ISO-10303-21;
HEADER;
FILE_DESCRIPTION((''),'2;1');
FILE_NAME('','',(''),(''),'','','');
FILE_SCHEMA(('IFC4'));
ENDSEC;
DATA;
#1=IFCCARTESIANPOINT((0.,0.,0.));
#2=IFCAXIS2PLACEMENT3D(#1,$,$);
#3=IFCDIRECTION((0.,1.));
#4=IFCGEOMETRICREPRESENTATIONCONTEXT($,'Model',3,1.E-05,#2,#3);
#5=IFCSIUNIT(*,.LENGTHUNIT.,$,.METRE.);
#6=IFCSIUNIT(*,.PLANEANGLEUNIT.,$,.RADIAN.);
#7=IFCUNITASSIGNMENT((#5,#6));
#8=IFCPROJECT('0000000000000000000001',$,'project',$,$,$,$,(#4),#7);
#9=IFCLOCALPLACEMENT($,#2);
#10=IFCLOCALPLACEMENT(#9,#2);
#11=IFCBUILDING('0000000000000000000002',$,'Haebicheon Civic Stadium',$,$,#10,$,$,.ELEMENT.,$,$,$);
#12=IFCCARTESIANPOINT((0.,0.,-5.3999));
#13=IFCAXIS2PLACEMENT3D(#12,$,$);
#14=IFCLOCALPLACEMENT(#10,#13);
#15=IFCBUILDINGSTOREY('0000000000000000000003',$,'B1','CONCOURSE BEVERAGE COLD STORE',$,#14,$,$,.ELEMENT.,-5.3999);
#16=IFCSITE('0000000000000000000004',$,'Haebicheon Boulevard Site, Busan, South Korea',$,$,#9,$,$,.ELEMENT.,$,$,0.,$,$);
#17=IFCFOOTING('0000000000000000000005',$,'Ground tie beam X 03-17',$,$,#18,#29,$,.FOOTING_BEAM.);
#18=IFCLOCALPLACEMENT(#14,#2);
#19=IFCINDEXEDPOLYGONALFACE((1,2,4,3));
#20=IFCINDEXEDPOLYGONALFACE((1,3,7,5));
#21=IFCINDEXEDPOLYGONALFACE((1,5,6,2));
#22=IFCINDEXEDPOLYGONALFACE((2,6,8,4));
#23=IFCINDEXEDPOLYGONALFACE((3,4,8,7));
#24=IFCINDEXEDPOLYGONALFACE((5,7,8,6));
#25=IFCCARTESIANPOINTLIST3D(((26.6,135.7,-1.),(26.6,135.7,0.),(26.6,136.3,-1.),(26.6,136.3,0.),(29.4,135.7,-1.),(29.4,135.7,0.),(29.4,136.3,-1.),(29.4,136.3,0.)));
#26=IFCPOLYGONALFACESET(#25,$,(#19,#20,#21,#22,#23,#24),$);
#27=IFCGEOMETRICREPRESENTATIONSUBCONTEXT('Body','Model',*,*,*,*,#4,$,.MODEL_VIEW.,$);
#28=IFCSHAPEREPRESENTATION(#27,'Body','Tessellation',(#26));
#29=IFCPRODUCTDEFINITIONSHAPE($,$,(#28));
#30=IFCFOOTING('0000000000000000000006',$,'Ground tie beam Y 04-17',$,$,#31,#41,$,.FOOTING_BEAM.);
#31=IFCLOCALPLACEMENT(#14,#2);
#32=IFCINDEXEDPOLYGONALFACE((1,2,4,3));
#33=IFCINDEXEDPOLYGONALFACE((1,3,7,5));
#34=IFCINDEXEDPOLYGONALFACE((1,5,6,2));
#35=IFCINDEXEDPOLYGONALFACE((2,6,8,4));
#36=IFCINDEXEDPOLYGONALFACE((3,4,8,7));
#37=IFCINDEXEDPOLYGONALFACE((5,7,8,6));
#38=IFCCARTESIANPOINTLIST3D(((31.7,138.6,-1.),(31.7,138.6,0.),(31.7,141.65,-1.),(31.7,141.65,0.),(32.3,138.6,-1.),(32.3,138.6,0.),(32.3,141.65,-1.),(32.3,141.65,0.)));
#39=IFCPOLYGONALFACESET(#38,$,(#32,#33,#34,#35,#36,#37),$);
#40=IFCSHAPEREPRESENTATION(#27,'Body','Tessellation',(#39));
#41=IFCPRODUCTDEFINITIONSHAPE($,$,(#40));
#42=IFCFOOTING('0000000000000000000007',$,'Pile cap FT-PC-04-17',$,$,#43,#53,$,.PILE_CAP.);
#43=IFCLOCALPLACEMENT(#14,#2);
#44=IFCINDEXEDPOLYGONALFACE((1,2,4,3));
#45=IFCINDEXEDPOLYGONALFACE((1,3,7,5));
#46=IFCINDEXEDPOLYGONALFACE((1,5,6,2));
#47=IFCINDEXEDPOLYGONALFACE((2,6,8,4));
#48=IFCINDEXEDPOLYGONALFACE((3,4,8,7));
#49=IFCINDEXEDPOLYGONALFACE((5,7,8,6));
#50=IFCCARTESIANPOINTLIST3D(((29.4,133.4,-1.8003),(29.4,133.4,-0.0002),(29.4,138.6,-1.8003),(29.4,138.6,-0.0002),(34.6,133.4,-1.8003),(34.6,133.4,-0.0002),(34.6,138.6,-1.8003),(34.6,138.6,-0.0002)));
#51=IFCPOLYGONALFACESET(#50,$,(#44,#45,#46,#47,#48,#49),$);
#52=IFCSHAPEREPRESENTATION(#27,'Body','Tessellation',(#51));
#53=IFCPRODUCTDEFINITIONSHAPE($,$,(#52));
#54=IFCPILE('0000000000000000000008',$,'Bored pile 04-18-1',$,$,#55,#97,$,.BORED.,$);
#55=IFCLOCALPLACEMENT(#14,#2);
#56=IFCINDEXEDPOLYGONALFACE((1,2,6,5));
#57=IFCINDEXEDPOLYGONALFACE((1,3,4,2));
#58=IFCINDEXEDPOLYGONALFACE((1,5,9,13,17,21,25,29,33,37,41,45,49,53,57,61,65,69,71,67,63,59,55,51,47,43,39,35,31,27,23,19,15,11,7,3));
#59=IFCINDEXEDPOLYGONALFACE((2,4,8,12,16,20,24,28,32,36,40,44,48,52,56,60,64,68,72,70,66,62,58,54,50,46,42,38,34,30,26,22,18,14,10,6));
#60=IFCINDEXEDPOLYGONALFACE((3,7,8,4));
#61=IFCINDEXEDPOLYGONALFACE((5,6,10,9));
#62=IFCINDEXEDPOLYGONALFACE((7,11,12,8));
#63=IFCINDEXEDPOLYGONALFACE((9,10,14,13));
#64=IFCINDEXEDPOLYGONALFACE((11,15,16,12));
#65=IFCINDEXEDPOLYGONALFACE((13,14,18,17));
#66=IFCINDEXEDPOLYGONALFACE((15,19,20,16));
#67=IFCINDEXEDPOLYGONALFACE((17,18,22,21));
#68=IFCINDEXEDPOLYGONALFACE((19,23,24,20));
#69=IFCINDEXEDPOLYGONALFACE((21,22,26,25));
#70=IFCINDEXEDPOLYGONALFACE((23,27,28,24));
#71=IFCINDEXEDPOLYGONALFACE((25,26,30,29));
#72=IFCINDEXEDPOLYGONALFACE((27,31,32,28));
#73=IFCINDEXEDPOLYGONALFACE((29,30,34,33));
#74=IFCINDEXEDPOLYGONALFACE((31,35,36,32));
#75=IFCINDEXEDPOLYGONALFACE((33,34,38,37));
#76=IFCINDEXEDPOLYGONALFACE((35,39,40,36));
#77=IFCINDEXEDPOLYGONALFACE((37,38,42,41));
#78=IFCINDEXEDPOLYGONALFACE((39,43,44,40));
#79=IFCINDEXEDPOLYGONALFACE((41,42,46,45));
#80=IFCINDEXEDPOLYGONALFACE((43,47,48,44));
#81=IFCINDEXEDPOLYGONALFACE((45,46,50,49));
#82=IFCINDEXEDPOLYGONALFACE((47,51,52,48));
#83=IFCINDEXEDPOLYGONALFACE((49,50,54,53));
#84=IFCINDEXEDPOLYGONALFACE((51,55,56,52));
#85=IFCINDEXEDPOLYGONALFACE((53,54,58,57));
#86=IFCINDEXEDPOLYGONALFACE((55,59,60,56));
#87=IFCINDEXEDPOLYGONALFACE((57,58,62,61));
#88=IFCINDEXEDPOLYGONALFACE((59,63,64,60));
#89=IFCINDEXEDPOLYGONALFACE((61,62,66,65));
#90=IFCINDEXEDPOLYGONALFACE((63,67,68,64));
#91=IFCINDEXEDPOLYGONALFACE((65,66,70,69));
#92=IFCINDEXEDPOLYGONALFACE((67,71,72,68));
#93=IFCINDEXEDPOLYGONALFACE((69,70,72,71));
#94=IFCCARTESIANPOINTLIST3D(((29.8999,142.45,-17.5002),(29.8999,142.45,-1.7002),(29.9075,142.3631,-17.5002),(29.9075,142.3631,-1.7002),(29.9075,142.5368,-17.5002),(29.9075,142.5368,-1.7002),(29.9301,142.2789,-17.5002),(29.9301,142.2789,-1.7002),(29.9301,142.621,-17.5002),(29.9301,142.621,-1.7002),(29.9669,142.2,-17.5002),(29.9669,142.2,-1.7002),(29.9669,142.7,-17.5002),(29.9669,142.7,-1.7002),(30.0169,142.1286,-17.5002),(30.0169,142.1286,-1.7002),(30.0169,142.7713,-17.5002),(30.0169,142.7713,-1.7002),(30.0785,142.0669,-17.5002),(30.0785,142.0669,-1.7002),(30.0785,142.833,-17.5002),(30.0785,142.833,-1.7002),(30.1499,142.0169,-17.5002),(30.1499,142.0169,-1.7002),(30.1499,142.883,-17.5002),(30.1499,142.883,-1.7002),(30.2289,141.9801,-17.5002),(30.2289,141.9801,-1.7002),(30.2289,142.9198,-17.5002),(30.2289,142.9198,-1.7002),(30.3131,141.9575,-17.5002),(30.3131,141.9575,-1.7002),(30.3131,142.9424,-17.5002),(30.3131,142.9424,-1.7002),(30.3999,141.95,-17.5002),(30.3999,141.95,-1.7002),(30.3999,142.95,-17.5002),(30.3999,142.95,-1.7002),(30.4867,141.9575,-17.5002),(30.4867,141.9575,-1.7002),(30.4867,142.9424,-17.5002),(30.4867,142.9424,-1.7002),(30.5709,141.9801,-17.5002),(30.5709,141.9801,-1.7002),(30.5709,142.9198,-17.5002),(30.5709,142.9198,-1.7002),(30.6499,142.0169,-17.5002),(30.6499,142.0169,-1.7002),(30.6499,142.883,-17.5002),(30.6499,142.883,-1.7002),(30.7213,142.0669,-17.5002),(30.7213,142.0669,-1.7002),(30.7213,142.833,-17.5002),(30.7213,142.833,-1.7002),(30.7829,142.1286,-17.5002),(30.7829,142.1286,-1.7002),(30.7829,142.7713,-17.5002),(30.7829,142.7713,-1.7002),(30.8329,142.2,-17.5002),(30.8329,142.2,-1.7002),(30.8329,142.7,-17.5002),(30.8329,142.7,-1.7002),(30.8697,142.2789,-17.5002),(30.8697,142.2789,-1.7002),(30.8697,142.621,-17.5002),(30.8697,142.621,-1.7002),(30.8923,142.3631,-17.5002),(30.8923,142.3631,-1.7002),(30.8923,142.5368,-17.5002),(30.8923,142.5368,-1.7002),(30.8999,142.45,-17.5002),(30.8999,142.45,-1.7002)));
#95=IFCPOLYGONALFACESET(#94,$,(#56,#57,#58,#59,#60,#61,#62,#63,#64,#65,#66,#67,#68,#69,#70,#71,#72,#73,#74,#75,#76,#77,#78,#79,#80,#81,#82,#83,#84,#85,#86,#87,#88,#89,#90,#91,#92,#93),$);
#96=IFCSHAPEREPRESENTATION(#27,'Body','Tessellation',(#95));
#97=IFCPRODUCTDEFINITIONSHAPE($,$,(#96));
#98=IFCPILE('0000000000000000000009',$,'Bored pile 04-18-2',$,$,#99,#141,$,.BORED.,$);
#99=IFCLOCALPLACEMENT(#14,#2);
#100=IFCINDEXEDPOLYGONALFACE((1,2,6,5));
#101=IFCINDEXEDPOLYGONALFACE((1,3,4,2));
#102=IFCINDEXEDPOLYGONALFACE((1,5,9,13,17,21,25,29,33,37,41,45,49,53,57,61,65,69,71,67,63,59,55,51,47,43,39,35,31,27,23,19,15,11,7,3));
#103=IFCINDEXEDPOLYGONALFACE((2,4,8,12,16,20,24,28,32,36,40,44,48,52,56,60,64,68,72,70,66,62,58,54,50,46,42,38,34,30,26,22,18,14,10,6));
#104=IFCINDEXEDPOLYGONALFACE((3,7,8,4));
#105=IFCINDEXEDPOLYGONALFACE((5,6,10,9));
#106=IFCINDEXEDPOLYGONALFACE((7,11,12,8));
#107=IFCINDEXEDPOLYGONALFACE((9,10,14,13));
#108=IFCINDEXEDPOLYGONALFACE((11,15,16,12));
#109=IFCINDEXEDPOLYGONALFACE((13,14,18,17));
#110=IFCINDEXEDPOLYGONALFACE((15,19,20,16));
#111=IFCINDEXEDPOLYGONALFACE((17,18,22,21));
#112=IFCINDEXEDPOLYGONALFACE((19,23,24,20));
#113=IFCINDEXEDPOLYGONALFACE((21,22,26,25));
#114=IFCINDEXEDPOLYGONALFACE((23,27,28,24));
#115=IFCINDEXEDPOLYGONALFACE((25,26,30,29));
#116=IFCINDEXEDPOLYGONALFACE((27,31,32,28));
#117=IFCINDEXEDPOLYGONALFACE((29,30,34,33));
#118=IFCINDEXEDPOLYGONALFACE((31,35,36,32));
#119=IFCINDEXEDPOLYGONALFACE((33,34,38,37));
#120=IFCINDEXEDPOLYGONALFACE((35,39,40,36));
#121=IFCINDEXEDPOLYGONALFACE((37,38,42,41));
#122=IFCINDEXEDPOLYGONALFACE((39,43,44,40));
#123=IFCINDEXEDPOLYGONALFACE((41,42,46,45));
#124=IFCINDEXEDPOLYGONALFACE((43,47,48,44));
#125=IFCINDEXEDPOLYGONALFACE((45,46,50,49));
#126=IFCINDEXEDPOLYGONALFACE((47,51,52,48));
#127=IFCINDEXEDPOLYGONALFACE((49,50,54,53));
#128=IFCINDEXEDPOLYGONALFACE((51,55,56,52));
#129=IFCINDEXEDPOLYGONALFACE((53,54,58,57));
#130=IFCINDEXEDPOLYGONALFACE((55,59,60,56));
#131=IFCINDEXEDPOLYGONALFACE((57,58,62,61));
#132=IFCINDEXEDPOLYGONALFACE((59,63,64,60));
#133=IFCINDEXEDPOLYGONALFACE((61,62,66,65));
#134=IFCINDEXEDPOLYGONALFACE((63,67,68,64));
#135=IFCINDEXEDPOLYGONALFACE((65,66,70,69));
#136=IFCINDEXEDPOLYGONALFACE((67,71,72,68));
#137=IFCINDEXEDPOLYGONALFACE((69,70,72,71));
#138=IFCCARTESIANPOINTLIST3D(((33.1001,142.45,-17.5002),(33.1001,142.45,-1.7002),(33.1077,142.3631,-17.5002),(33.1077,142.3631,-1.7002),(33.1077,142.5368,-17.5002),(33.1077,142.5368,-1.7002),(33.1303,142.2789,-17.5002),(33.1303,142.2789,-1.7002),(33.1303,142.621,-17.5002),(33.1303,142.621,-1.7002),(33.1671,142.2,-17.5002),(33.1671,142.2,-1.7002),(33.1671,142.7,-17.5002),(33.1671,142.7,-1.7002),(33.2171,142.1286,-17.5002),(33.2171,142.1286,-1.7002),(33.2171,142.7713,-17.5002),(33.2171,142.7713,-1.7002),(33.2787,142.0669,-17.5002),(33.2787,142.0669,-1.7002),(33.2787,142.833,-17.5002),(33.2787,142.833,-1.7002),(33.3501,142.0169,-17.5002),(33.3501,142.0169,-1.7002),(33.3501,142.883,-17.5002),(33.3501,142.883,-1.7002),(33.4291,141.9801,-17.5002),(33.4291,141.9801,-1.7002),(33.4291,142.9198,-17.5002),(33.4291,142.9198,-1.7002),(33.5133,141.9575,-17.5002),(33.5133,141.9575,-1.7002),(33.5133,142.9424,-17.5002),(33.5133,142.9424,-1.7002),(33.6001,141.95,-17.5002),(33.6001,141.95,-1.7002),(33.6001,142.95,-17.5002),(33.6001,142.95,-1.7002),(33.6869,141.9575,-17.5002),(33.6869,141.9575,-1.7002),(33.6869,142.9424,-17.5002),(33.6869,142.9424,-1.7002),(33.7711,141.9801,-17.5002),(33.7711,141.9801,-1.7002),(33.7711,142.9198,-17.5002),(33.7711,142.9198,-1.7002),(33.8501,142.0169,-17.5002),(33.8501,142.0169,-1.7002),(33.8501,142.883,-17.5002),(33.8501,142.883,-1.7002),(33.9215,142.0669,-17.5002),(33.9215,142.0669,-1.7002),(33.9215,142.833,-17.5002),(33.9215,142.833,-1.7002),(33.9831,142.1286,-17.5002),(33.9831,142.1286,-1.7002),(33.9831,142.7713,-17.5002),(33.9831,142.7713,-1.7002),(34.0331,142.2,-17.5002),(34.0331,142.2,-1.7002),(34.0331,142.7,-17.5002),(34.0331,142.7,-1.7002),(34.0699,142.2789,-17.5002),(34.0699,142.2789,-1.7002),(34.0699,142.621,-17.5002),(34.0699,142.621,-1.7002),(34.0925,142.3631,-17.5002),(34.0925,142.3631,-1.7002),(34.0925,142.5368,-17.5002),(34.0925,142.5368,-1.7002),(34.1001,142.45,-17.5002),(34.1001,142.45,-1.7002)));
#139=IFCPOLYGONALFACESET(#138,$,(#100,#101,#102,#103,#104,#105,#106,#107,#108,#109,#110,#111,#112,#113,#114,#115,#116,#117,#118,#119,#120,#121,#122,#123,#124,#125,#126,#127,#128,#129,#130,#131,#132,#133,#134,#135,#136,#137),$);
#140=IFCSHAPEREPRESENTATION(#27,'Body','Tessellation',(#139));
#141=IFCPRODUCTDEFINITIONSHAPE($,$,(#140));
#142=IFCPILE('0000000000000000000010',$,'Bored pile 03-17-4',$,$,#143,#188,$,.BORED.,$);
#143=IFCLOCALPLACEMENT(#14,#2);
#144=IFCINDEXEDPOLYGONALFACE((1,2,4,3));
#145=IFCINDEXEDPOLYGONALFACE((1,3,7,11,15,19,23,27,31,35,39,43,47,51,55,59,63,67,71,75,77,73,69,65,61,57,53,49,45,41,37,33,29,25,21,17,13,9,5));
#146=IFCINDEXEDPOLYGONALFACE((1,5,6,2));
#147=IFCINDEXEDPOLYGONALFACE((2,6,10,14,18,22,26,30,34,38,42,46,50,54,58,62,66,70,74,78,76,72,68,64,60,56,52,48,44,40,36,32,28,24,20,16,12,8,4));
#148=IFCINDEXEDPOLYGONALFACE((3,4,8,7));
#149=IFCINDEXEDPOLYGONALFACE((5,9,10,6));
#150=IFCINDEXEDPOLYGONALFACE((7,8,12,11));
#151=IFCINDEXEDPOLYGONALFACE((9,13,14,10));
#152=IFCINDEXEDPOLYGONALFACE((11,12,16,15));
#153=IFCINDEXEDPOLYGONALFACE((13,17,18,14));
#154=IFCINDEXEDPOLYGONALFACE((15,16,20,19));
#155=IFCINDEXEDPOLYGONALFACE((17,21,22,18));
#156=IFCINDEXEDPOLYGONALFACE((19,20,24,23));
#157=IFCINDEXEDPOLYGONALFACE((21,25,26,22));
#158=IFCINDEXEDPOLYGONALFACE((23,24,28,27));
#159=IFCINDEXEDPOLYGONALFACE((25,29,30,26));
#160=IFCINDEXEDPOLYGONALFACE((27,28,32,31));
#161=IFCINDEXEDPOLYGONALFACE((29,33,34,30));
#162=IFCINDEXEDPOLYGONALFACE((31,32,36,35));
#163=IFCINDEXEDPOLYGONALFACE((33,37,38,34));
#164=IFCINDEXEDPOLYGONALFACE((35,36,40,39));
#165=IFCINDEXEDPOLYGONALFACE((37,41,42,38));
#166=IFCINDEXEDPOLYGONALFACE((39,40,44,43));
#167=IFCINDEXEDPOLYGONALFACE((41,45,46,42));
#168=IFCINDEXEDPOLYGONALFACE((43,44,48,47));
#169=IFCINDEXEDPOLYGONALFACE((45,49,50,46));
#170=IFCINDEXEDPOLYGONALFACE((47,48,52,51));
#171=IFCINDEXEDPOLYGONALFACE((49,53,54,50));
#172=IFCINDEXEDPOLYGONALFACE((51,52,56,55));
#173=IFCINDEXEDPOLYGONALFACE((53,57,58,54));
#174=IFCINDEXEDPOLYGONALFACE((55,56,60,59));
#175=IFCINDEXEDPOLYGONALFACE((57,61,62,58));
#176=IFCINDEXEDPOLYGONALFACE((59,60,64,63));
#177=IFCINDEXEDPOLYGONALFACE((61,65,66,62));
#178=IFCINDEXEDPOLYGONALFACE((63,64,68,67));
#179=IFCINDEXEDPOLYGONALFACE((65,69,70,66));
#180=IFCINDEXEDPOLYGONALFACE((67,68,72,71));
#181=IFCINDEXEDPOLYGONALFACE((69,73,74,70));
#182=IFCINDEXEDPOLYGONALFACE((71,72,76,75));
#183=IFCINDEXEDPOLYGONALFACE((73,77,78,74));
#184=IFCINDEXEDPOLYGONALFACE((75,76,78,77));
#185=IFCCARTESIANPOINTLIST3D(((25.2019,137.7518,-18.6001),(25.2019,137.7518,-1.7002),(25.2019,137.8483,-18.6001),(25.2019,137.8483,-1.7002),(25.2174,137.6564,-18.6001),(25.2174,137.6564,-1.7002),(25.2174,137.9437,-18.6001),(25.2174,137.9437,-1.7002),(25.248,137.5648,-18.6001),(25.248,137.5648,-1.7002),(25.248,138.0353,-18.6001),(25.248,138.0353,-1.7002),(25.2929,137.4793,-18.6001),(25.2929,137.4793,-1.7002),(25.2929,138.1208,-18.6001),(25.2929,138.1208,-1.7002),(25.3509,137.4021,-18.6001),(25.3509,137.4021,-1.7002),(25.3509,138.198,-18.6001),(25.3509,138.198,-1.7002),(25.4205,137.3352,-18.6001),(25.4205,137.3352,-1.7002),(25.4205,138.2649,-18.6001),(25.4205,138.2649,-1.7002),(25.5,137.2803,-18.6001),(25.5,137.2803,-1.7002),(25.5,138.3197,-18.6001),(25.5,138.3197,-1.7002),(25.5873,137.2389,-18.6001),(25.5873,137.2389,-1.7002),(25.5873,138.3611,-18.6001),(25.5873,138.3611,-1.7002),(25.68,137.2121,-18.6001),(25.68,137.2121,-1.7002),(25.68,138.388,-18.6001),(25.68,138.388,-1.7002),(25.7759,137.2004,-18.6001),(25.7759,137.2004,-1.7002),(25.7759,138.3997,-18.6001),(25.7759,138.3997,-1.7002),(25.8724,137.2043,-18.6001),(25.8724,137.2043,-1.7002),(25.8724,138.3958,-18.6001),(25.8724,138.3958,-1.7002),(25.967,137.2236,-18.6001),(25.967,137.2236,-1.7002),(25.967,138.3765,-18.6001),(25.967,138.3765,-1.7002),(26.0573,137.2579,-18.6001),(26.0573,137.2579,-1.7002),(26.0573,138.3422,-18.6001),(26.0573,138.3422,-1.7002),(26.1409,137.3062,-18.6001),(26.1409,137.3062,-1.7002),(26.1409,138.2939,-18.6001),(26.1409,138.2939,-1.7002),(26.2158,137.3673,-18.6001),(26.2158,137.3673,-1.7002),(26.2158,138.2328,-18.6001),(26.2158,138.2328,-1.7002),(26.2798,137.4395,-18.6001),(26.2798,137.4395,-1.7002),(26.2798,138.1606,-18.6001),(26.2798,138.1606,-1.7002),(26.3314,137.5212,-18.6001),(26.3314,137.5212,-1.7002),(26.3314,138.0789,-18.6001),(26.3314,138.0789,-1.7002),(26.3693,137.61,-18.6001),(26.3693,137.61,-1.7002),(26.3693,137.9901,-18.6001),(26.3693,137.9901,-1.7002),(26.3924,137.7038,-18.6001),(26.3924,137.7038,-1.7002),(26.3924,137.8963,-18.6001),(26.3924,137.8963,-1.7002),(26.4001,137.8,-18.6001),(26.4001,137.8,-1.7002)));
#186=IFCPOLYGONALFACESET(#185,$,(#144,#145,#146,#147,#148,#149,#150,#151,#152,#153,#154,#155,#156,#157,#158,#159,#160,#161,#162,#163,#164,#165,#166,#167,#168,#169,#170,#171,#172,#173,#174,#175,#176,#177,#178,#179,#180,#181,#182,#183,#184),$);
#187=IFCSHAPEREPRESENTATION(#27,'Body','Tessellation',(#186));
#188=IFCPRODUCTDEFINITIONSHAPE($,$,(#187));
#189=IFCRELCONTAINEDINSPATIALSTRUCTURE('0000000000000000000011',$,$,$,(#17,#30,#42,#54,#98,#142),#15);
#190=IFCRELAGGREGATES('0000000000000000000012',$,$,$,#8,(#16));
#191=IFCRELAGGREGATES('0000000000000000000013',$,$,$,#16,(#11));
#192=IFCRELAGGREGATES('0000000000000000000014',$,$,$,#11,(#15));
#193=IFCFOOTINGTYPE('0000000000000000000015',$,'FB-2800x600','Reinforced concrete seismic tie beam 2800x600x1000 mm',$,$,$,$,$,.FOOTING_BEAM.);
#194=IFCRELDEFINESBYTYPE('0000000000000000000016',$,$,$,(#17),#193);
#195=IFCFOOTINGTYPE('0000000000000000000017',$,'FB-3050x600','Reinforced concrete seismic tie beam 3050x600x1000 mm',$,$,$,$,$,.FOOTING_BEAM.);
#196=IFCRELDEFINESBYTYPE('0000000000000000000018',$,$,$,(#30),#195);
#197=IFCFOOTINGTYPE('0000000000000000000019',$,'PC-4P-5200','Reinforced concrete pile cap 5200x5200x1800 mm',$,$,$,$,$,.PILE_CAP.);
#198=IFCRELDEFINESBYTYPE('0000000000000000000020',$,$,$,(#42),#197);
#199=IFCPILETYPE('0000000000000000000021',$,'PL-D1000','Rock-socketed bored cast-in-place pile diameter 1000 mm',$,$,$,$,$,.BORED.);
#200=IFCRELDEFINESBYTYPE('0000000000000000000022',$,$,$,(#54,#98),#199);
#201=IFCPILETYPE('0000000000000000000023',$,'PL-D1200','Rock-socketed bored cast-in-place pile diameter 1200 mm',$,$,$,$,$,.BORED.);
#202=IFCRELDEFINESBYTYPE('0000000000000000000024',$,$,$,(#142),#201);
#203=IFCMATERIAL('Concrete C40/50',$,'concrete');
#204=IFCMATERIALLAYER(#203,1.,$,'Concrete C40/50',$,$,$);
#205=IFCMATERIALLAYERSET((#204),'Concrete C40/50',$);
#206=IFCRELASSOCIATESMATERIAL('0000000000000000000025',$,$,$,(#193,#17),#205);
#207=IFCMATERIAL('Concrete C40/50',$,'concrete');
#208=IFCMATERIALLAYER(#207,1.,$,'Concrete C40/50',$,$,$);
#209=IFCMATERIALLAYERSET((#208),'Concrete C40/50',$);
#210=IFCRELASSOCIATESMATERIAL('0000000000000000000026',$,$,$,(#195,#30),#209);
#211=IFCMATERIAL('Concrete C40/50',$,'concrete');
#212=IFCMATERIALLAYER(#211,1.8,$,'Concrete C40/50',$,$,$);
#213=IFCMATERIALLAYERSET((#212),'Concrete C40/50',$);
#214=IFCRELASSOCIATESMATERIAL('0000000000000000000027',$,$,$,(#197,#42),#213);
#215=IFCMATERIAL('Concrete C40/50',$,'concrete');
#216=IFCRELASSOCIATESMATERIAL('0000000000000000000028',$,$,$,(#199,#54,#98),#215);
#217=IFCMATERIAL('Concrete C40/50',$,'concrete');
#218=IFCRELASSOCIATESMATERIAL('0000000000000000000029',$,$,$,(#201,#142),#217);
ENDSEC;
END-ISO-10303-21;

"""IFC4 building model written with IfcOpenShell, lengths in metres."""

from ifc_helpers import new_model, si_unit, direction, frame, origin, origin_2d, place, context, subcontext, project, spatial, rectangle, circle, extrude, material, layer, layer_set, material_profile, profile_set, type_object, element, save


model = new_model("IFC4")

# Units and contexts
model_context = context("Model", 3, precision=1e-05, world=origin(), true_north=direction((0.0, 1.0)))
body_context = subcontext(model_context, "Body", "Model", "MODEL_VIEW")
ifc_project = project(units=[si_unit("LENGTHUNIT", "METRE"), si_unit("PLANEANGLEUNIT", "RADIAN")], contexts=[model_context])

# Site, building, storey
site_placement = place(None, origin())
site = spatial("IfcSite", under=ifc_project, at=site_placement, Name="Haebicheon Boulevard Site, Busan, South Korea", CompositionType="ELEMENT", RefElevation=0.0)
building_placement = place(site_placement, origin())
building = spatial("IfcBuilding", under=site, at=building_placement, Name="Haebicheon Civic Stadium", CompositionType="ELEMENT")
storey_placement = place(building_placement, frame((0.0, 0.0, -5.3999)))
storey = spatial("IfcBuildingStorey", under=building, at=storey_placement, Name="B1", Description="CONCOURSE BEVERAGE COLD STORE", CompositionType="ELEMENT", Elevation=-5.3999)

# Footings
ifc_material_1 = material(Name="Concrete C40/50", Category="concrete")
ifc_layer_1 = layer(ifc_material_1, 1.0, Name="Concrete C40/50")
ifc_layer_set_1 = layer_set([ifc_layer_1], Name="Concrete C40/50")
footing_type_1 = type_object("IfcFootingType", Name="FB-2800x600", Description="Reinforced concrete seismic tie beam 2800x600x1000 mm", PredefinedType="FOOTING_BEAM", material=ifc_layer_set_1)
footing_1_placement = place(storey_placement, frame((28.0, 136.0, -1.0), z_axis=(0.0, 0.0, 1.0), x_axis=(1.0, 0.0, 0.0)))
element("IfcFooting", 1, at=footing_1_placement, inside=storey, type_object=footing_type_1, material=ifc_layer_set_1, Name="Ground tie beam X 03-17", PredefinedType="FOOTING_BEAM", context=body_context, shape_type="SweptSolid", body=[
    extrude(rectangle(XDim=2.8, YDim=0.6001, at=origin_2d()), origin(), (0.0, 0.0, 1.0), 1.0),
])
ifc_material_2 = material(Name="Concrete C40/50", Category="concrete")
ifc_layer_2 = layer(ifc_material_2, 1.0, Name="Concrete C40/50")
ifc_layer_set_2 = layer_set([ifc_layer_2], Name="Concrete C40/50")
footing_type_2 = type_object("IfcFootingType", Name="FB-3050x600", Description="Reinforced concrete seismic tie beam 3050x600x1000 mm", PredefinedType="FOOTING_BEAM", material=ifc_layer_set_2)
footing_2_placement = place(storey_placement, frame((32.0, 140.125, -1.0), z_axis=(0.0, 0.0, 1.0), x_axis=(0.0, 1.0, 0.0)))
element("IfcFooting", 2, at=footing_2_placement, inside=storey, type_object=footing_type_2, material=ifc_layer_set_2, Name="Ground tie beam Y 04-17", PredefinedType="FOOTING_BEAM", context=body_context, shape_type="SweptSolid", body=[
    extrude(rectangle(XDim=3.05, YDim=0.6001, at=origin_2d()), origin(), (0.0, 0.0, 1.0), 1.0),
])
ifc_material_3 = material(Name="Concrete C40/50", Category="concrete")
ifc_layer_3 = layer(ifc_material_3, 1.8, Name="Concrete C40/50")
ifc_layer_set_3 = layer_set([ifc_layer_3], Name="Concrete C40/50")
footing_type_3 = type_object("IfcFootingType", Name="PC-4P-5200", Description="Reinforced concrete pile cap 5200x5200x1800 mm", PredefinedType="PILE_CAP", material=ifc_layer_set_3)
footing_3_placement = place(storey_placement, frame((32.0, 136.0, -1.8003), z_axis=(0.0, 0.0, 1.0), x_axis=(1.0, 0.0, 0.0)))
element("IfcFooting", 3, at=footing_3_placement, inside=storey, type_object=footing_type_3, material=ifc_layer_set_3, Name="Pile cap FT-PC-04-17", PredefinedType="PILE_CAP", context=body_context, shape_type="SweptSolid", body=[
    extrude(rectangle(XDim=5.2, YDim=5.2, at=origin_2d()), origin(), (0.0, 0.0, 1.0), 1.8),
])

# Piles
ifc_material_4 = material(Name="Concrete C40/50", Category="concrete")
ifc_material_profile_1 = material_profile(ifc_material_4, circle(Radius=0.5, at=origin_2d()), Name="PILE-D1000")
ifc_profile_set_1 = profile_set([ifc_material_profile_1], Name="Concrete C40/50")
pile_type_1 = type_object("IfcPileType", Name="PL-D1000", Description="Rock-socketed bored cast-in-place pile diameter 1000 mm", PredefinedType="BORED", material=ifc_profile_set_1)
for number, where, z_axis, x_axis, name in (
    (4, (30.3999, 142.45, -1.7002), (0.0, 0.0, -1.0), (1.0, 0.0, 0.0), "Bored pile 04-18-1"),
    (5, (33.6001, 142.45, -1.7002), (0.0, 0.0, -1.0), (1.0, 0.0, 0.0), "Bored pile 04-18-2"),
):
    element("IfcPile", number, at=place(storey_placement, frame(where, z_axis=z_axis, x_axis=x_axis)), inside=storey, type_object=pile_type_1, material=ifc_profile_set_1, Name=name, PredefinedType="BORED", context=body_context, shape_type="SweptSolid", body=[
        extrude(circle(Radius=0.5, at=origin_2d()), origin(), (0.0, 0.0, 1.0), 15.8),
    ])
ifc_material_5 = material(Name="Concrete C40/50", Category="concrete")
ifc_material_profile_2 = material_profile(ifc_material_5, circle(Radius=0.6001, at=origin_2d()), Name="PILE-D1200")
ifc_profile_set_2 = profile_set([ifc_material_profile_2], Name="Concrete C40/50")
pile_type_2 = type_object("IfcPileType", Name="PL-D1200", Description="Rock-socketed bored cast-in-place pile diameter 1200 mm", PredefinedType="BORED", material=ifc_profile_set_2)
for number, where, z_axis, x_axis, name in (
    (6, (25.8, 137.8, -1.7002), (0.0, 0.0, -1.0), (1.0, 0.0, 0.0), "Bored pile 03-17-4"),
):
    element("IfcPile", number, at=place(storey_placement, frame(where, z_axis=z_axis, x_axis=x_axis)), inside=storey, type_object=pile_type_2, material=ifc_profile_set_2, Name=name, PredefinedType="BORED", context=body_context, shape_type="SweptSolid", body=[
        extrude(circle(Radius=0.6001, at=origin_2d()), origin(), (0.0, 0.0, 1.0), 16.8999),
    ])

save(model, "model.ifc")
